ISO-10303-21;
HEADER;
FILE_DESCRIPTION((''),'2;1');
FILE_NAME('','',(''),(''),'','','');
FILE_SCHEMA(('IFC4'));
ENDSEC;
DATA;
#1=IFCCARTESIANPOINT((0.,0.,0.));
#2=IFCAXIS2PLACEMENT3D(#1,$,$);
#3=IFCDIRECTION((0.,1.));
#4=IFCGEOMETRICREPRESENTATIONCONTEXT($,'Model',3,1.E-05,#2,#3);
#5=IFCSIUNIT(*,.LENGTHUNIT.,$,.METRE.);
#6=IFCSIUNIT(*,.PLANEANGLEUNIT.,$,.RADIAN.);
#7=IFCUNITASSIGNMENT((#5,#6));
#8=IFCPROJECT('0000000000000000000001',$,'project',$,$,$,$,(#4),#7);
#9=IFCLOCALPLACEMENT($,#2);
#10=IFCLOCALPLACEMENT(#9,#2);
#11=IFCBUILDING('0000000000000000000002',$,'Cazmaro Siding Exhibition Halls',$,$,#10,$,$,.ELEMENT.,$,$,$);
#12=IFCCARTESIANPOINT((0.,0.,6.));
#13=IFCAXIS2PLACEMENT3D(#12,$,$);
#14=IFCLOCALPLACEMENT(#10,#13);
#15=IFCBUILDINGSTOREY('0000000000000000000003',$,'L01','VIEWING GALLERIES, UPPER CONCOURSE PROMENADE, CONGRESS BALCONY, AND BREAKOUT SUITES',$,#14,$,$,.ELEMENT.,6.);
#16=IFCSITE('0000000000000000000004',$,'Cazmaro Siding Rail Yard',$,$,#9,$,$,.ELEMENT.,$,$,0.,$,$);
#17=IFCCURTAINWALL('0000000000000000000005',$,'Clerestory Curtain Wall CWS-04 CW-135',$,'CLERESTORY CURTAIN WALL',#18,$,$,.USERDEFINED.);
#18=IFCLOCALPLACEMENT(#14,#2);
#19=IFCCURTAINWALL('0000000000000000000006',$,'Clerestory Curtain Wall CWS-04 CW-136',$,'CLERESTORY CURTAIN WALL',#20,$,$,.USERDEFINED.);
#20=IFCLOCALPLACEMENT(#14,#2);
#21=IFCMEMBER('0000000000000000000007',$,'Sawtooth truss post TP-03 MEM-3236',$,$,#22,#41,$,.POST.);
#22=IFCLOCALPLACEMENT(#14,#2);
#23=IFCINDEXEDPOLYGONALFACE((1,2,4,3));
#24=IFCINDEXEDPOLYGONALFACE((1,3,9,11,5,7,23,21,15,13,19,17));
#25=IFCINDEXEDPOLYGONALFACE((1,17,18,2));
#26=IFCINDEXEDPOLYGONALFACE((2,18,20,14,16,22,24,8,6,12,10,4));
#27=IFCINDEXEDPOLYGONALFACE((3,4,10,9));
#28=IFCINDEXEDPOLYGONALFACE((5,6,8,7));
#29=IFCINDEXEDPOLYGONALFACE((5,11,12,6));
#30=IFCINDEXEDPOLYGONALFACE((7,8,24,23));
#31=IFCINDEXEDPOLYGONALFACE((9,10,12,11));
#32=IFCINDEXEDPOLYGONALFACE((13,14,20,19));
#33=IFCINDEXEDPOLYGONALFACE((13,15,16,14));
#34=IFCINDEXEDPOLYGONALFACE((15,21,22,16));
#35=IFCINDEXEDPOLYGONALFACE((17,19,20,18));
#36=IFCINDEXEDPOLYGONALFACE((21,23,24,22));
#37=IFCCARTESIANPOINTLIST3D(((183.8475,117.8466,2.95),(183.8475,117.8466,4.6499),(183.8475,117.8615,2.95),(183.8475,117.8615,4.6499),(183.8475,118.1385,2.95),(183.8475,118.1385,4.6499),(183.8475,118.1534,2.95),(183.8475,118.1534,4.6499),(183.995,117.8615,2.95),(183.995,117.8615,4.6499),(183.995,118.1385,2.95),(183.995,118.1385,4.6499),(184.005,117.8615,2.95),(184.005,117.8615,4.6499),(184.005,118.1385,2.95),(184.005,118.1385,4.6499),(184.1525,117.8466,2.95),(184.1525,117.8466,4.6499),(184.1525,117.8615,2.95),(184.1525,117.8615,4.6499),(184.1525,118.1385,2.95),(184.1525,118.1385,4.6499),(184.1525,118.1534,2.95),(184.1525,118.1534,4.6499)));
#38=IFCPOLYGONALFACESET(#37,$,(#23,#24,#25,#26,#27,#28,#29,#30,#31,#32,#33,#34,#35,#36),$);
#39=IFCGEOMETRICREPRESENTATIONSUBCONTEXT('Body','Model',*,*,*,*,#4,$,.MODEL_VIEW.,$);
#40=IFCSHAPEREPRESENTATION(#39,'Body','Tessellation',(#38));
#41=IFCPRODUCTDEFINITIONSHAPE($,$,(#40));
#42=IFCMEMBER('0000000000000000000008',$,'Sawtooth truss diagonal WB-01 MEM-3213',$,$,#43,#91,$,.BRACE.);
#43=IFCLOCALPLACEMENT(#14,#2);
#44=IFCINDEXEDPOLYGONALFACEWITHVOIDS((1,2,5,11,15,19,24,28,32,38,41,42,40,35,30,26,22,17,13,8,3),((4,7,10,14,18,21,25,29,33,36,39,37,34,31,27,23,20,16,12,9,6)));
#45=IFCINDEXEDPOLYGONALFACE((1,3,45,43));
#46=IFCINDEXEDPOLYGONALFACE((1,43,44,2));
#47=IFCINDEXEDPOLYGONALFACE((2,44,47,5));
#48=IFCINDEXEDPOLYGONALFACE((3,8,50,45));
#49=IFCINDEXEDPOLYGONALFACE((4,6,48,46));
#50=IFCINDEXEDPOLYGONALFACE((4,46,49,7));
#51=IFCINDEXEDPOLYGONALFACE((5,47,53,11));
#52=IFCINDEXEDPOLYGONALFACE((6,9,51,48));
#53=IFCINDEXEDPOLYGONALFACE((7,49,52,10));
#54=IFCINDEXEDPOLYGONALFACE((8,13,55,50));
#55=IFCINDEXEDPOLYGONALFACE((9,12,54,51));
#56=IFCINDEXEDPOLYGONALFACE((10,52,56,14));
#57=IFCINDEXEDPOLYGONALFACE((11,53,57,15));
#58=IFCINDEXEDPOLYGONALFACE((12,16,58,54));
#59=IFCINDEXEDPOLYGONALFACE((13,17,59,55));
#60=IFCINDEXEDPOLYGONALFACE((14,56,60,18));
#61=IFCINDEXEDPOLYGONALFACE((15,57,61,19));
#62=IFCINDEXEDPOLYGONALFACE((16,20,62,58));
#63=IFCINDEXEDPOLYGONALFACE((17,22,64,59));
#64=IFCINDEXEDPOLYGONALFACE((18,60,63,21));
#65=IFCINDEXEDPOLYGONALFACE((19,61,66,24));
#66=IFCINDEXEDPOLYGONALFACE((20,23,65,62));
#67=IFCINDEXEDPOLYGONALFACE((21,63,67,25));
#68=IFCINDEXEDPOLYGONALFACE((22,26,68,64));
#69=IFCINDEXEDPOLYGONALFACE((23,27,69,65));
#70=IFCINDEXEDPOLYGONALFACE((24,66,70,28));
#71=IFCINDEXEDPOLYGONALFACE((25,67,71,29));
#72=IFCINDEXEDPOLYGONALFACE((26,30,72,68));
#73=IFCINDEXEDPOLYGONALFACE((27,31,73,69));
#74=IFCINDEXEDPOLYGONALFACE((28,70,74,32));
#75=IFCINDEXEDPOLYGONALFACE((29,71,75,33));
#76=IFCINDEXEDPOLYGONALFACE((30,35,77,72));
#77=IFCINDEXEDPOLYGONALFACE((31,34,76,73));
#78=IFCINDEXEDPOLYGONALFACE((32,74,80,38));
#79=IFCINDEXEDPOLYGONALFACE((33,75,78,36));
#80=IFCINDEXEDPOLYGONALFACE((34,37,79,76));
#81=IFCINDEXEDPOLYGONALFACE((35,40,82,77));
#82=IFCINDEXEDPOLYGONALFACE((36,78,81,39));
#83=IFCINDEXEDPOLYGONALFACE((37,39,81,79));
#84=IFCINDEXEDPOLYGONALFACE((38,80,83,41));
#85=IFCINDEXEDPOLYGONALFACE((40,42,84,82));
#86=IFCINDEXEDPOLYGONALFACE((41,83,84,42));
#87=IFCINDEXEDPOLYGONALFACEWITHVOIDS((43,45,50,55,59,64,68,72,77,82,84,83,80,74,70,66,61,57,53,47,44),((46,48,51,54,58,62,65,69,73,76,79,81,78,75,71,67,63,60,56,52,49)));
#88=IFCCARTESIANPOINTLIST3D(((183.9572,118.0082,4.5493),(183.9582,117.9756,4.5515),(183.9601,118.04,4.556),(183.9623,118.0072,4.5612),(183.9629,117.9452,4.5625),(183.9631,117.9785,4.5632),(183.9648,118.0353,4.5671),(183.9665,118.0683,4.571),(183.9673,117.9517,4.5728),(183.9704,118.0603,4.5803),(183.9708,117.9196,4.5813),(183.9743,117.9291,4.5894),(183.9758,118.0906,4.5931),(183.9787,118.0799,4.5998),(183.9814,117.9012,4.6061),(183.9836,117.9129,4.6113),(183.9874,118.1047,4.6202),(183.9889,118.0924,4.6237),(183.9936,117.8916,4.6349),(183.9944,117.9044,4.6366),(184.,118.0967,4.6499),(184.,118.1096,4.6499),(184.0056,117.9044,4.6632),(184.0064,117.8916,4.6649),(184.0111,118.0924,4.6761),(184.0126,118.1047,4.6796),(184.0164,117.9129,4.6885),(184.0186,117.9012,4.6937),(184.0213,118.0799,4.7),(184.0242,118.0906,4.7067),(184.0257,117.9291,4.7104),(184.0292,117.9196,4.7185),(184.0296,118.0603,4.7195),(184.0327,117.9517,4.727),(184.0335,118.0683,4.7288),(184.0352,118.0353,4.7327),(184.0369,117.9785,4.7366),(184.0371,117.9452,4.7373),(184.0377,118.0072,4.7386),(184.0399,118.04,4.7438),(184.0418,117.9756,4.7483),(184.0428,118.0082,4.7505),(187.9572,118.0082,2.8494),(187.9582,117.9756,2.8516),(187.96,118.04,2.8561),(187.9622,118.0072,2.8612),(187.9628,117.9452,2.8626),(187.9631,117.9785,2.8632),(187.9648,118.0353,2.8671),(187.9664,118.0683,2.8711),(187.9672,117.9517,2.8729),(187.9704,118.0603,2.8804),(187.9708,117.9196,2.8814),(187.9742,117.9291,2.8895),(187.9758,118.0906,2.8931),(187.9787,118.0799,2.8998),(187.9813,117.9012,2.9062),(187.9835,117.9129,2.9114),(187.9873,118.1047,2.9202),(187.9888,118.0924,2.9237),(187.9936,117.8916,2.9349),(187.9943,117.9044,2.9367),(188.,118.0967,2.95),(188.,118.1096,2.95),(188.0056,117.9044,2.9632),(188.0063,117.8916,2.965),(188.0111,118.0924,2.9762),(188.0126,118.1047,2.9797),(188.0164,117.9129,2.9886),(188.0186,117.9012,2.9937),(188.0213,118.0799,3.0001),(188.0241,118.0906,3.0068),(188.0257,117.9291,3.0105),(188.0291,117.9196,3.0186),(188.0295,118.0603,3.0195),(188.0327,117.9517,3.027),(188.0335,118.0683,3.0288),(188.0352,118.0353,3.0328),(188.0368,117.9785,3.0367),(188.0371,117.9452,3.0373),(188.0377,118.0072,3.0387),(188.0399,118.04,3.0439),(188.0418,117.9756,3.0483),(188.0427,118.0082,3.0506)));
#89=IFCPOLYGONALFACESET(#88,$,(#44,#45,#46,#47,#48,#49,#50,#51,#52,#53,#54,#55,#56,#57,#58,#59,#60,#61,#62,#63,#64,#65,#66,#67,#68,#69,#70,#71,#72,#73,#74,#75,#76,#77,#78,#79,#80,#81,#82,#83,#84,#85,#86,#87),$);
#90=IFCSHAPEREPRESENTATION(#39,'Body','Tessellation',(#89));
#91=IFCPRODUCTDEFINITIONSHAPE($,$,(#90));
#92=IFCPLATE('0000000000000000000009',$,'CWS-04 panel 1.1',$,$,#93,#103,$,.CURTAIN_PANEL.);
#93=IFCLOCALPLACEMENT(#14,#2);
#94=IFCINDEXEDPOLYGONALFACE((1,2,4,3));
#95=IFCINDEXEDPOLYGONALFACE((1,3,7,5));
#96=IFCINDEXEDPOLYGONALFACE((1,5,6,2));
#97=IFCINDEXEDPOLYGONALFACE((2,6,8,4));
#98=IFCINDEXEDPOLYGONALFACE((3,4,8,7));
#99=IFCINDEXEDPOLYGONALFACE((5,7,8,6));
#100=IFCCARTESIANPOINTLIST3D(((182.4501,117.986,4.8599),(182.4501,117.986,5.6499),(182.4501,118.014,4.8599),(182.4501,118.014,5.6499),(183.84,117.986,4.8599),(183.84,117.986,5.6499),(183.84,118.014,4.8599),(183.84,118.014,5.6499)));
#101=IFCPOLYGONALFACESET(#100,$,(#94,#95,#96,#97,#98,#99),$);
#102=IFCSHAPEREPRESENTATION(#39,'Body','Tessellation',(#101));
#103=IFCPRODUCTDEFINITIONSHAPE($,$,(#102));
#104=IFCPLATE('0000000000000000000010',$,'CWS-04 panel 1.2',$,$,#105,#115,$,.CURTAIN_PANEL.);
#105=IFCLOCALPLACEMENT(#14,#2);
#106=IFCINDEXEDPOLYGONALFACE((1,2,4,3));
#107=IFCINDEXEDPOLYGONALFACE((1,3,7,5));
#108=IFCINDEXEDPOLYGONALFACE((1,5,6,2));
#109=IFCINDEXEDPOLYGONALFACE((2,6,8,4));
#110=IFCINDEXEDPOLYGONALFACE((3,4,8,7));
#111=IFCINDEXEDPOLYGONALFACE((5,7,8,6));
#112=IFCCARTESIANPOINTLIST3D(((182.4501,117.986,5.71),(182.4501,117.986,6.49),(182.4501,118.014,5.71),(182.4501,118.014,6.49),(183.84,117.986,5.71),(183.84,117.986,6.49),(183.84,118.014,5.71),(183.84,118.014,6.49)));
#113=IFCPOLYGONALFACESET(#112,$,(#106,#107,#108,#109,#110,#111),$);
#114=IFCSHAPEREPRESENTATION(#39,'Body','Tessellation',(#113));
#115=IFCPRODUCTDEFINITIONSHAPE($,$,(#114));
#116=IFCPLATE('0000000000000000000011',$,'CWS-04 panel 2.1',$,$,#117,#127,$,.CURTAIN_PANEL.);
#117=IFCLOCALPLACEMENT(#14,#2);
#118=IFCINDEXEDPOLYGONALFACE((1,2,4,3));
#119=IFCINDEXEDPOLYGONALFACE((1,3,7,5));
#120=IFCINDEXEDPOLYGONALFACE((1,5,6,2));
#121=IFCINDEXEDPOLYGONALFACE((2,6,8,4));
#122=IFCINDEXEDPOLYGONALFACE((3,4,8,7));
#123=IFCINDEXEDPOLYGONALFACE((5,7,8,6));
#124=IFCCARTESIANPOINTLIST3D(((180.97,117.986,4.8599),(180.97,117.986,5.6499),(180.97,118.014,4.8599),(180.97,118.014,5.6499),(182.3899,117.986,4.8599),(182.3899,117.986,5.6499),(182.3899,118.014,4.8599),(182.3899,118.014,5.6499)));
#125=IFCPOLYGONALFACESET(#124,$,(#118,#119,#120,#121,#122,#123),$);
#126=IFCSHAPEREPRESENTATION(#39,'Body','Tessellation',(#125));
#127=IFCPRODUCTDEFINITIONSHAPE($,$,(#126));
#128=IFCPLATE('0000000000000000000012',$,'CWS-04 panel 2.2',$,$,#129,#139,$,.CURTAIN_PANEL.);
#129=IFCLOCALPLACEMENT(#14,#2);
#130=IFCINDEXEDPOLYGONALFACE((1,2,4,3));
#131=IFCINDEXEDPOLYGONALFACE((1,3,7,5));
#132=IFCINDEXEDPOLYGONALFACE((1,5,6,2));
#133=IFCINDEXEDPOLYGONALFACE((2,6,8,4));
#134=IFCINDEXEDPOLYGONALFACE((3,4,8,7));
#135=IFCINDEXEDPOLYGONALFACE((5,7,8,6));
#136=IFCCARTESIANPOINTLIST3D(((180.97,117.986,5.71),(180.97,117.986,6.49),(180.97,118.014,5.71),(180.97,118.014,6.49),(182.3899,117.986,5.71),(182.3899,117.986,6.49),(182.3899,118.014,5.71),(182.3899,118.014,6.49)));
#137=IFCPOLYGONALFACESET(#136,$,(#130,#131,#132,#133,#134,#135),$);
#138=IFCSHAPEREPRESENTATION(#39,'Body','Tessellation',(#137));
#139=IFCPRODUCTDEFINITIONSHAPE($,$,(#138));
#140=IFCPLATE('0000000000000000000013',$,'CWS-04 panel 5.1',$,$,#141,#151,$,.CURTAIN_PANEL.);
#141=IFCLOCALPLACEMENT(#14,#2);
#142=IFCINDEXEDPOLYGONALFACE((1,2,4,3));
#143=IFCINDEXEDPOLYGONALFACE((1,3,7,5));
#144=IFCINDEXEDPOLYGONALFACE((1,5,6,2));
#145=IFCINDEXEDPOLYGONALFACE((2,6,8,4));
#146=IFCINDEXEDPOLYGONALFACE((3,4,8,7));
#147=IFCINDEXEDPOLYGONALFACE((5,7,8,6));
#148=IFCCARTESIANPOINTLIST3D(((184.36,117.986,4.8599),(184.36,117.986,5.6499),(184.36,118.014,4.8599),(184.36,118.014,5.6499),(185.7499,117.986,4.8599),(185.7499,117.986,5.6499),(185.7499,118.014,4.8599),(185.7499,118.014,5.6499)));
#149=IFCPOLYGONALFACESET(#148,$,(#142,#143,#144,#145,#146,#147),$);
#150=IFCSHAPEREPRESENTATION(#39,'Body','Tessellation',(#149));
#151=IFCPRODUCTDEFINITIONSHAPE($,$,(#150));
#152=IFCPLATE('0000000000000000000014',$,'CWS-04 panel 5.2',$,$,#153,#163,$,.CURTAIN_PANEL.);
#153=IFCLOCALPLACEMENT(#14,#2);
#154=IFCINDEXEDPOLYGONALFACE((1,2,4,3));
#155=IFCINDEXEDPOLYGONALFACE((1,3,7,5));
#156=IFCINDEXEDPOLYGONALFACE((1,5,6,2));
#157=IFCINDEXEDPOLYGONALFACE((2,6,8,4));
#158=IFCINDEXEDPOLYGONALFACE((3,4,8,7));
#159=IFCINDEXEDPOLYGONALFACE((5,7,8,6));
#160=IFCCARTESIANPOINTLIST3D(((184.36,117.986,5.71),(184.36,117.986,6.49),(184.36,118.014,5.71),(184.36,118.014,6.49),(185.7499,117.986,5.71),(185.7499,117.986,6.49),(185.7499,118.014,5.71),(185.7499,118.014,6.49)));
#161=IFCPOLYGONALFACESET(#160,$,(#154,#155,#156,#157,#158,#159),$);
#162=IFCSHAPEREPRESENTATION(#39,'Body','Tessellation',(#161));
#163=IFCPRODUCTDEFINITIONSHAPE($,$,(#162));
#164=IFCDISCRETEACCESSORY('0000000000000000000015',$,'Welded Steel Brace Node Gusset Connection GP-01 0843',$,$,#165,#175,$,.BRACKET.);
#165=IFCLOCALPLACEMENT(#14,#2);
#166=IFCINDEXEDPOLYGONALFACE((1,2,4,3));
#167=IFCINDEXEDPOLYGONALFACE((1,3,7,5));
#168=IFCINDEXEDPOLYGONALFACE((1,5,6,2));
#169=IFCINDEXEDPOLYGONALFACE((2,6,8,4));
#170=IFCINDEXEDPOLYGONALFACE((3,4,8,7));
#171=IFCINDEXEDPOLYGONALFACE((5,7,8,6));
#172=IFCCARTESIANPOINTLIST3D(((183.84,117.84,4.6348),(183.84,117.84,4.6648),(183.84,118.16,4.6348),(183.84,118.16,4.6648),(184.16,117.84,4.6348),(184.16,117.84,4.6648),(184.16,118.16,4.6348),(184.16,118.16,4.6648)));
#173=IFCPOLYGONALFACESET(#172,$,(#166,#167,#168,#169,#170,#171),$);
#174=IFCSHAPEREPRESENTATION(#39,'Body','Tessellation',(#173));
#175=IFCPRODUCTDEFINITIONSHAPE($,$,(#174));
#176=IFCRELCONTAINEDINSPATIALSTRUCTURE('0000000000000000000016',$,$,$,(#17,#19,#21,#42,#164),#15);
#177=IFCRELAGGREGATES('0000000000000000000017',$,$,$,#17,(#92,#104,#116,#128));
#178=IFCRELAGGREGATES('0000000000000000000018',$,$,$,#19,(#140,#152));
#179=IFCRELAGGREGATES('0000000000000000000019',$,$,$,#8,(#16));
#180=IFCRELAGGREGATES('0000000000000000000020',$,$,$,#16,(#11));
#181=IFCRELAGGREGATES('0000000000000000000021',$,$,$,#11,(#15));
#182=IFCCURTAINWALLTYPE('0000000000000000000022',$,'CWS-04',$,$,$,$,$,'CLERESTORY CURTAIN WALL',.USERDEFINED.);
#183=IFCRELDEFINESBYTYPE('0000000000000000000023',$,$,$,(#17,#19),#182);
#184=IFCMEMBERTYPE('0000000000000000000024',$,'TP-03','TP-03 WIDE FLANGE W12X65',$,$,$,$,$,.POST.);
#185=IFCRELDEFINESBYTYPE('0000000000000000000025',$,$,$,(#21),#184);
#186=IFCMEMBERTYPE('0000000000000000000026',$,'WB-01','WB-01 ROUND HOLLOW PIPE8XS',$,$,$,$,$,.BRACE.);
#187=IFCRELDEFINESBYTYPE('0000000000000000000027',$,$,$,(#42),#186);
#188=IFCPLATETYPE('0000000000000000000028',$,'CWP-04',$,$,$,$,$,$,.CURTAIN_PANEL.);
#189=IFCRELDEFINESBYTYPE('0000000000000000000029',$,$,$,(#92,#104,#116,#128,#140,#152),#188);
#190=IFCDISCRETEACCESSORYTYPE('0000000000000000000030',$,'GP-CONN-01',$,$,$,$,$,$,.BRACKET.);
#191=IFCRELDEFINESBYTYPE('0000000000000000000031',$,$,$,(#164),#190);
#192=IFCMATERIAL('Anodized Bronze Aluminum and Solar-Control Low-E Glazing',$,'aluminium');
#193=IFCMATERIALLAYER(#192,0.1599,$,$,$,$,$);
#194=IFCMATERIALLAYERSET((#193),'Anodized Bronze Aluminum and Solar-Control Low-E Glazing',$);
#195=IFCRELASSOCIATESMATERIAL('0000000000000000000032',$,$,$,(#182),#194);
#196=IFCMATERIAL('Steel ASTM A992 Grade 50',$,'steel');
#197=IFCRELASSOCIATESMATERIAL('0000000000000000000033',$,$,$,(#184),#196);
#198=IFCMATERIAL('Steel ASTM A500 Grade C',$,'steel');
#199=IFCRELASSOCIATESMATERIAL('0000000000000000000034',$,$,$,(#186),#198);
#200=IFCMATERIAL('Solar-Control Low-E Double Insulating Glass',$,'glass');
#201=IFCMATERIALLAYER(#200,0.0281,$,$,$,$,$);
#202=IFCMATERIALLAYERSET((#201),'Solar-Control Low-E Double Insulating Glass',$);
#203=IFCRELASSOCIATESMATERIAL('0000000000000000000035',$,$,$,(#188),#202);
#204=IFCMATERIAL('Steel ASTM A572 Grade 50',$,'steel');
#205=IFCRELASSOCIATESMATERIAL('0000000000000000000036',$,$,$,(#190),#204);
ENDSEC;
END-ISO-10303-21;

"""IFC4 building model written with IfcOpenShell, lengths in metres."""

from ifc_helpers import new_model, si_unit, direction, frame, origin, origin_2d, place, context, subcontext, project, spatial, rectangle, hollow_circle, i_section, extrude, material, layer, layer_set, material_profile, profile_set, type_object, element, aggregate, save


model = new_model("IFC4")

# Units and contexts
model_context = context("Model", 3, precision=1e-05, world=origin(), true_north=direction((0.0, 1.0)))
body_context = subcontext(model_context, "Body", "Model", "MODEL_VIEW")
ifc_project = project(units=[si_unit("LENGTHUNIT", "METRE"), si_unit("PLANEANGLEUNIT", "RADIAN")], contexts=[model_context])

# Site, building, storey
site_placement = place(None, origin())
site = spatial("IfcSite", under=ifc_project, at=site_placement, Name="Cazmaro Siding Rail Yard", CompositionType="ELEMENT", RefElevation=0.0)
building_placement = place(site_placement, origin())
building = spatial("IfcBuilding", under=site, at=building_placement, Name="Cazmaro Siding Exhibition Halls", CompositionType="ELEMENT")
storey_placement = place(building_placement, frame((0.0, 0.0, 6.0)))
storey = spatial("IfcBuildingStorey", under=building, at=storey_placement, Name="L01", Description="VIEWING GALLERIES, UPPER CONCOURSE PROMENADE, CONGRESS BALCONY, AND BREAKOUT SUITES", CompositionType="ELEMENT", Elevation=6.0)

# Curtain wall
ifc_material_1 = material(Name="Anodized Bronze Aluminum and Solar-Control Low-E Glazing", Category="aluminium")
ifc_layer_1 = layer(ifc_material_1, 0.1599)
ifc_layer_set_1 = layer_set([ifc_layer_1], Name="Anodized Bronze Aluminum and Solar-Control Low-E Glazing")
curtain_wall_type = type_object("IfcCurtainWallType", Name="CWS-04", ElementType="CLERESTORY CURTAIN WALL", PredefinedType="USERDEFINED", material=ifc_layer_set_1)
curtain_wall_1_placement = place(storey_placement, origin())
curtain_wall_1 = element("IfcCurtainWall", 1, at=curtain_wall_1_placement, inside=storey, type_object=curtain_wall_type, Name="Clerestory Curtain Wall CWS-04 CW-135", ObjectType="CLERESTORY CURTAIN WALL", PredefinedType="USERDEFINED")

# Curtain wall
curtain_wall_2_placement = place(storey_placement, origin())
curtain_wall_2 = element("IfcCurtainWall", 2, at=curtain_wall_2_placement, inside=storey, type_object=curtain_wall_type, Name="Clerestory Curtain Wall CWS-04 CW-136", ObjectType="CLERESTORY CURTAIN WALL", PredefinedType="USERDEFINED")

# Members
ifc_material_2 = material(Name="Steel ASTM A992 Grade 50", Category="steel")
ifc_material_profile_1 = material_profile(ifc_material_2, i_section(OverallWidth=0.3049, OverallDepth=0.3069, WebThickness=0.01, FlangeThickness=0.0149, at=origin_2d()), Name="W12X65")
ifc_profile_set_1 = profile_set([ifc_material_profile_1], Name="Steel ASTM A992 Grade 50")
member_type_1 = type_object("IfcMemberType", Name="TP-03", Description="TP-03 WIDE FLANGE W12X65", PredefinedType="POST", material=ifc_profile_set_1)
member_1_placement = place(storey_placement, frame((184.0, 118.0, 2.95), z_axis=(0.0, 0.0, 1.0), x_axis=(1.0, 0.0, 0.0)))
element("IfcMember", 3, at=member_1_placement, inside=storey, type_object=member_type_1, Name="Sawtooth truss post TP-03 MEM-3236", PredefinedType="POST", context=body_context, shape_type="SweptSolid", body=[
    extrude(i_section(OverallWidth=0.3049, OverallDepth=0.3069, WebThickness=0.01, FlangeThickness=0.0149, at=origin_2d()), origin(), (0.0, 0.0, 1.0), 1.7),
])
ifc_material_3 = material(Name="Steel ASTM A500 Grade C", Category="steel")
ifc_material_profile_2 = material_profile(ifc_material_3, hollow_circle(Radius=0.1096, WallThickness=0.0129, at=origin_2d()), Name="PIPE8XS")
ifc_profile_set_2 = profile_set([ifc_material_profile_2], Name="Steel ASTM A500 Grade C")
member_type_2 = type_object("IfcMemberType", Name="WB-01", Description="WB-01 ROUND HOLLOW PIPE8XS", PredefinedType="BRACE", material=ifc_profile_set_2)
member_2_placement = place(storey_placement, frame((184.0, 118.0, 4.6499), z_axis=(0.920335, 0.0, -0.391131), x_axis=(0.0, 1.0, 0.0)))
element("IfcMember", 4, at=member_2_placement, inside=storey, type_object=member_type_2, Name="Sawtooth truss diagonal WB-01 MEM-3213", PredefinedType="BRACE", context=body_context, shape_type="SweptSolid", body=[
    extrude(hollow_circle(Radius=0.1096, WallThickness=0.0129, at=origin_2d()), origin(), (0.0, 0.0, 1.0), 4.3462),
])

# Plates
ifc_material_4 = material(Name="Solar-Control Low-E Double Insulating Glass", Category="glass")
ifc_layer_2 = layer(ifc_material_4, 0.0281)
ifc_layer_set_2 = layer_set([ifc_layer_2], Name="Solar-Control Low-E Double Insulating Glass")
plate_type = type_object("IfcPlateType", Name="CWP-04", PredefinedType="CURTAIN_PANEL", material=ifc_layer_set_2)
plate_1_placement = place(storey_placement, frame((183.145, 118.0, 4.8599), z_axis=(0.0, 0.0, 1.0), x_axis=(-1.0, 0.0, 0.0)))
plate_1 = element("IfcPlate", 5, at=plate_1_placement, type_object=plate_type, Name="CWS-04 panel 1.1", PredefinedType="CURTAIN_PANEL", context=body_context, shape_type="SweptSolid", body=[
    extrude(rectangle(XDim=1.3899, YDim=0.0281, at=origin_2d()), origin(), (0.0, 0.0, 1.0), 0.79),
])
plate_2_placement = place(storey_placement, frame((183.145, 118.0, 5.71), z_axis=(0.0, 0.0, 1.0), x_axis=(-1.0, 0.0, 0.0)))
plate_2 = element("IfcPlate", 6, at=plate_2_placement, type_object=plate_type, Name="CWS-04 panel 1.2", PredefinedType="CURTAIN_PANEL", context=body_context, shape_type="SweptSolid", body=[
    extrude(rectangle(XDim=1.3899, YDim=0.0281, at=origin_2d()), origin(), (0.0, 0.0, 1.0), 0.78),
])
plate_3_placement = place(storey_placement, frame((181.6799, 118.0, 4.8599), z_axis=(0.0, 0.0, 1.0), x_axis=(-1.0, 0.0, 0.0)))
plate_3 = element("IfcPlate", 7, at=plate_3_placement, type_object=plate_type, Name="CWS-04 panel 2.1", PredefinedType="CURTAIN_PANEL", context=body_context, shape_type="SweptSolid", body=[
    extrude(rectangle(XDim=1.4199, YDim=0.0281, at=origin_2d()), origin(), (0.0, 0.0, 1.0), 0.79),
])
plate_4_placement = place(storey_placement, frame((181.6799, 118.0, 5.71), z_axis=(0.0, 0.0, 1.0), x_axis=(-1.0, 0.0, 0.0)))
plate_4 = element("IfcPlate", 8, at=plate_4_placement, type_object=plate_type, Name="CWS-04 panel 2.2", PredefinedType="CURTAIN_PANEL", context=body_context, shape_type="SweptSolid", body=[
    extrude(rectangle(XDim=1.4199, YDim=0.0281, at=origin_2d()), origin(), (0.0, 0.0, 1.0), 0.78),
])
aggregate(curtain_wall_1, [plate_1, plate_2, plate_3, plate_4])
plate_5_placement = place(storey_placement, frame((185.0549, 118.0, 4.8599), z_axis=(0.0, 0.0, 1.0), x_axis=(-1.0, 0.0, 0.0)))
plate_5 = element("IfcPlate", 9, at=plate_5_placement, type_object=plate_type, Name="CWS-04 panel 5.1", PredefinedType="CURTAIN_PANEL", context=body_context, shape_type="SweptSolid", body=[
    extrude(rectangle(XDim=1.3899, YDim=0.0281, at=origin_2d()), origin(), (0.0, 0.0, 1.0), 0.79),
])
plate_6_placement = place(storey_placement, frame((185.0549, 118.0, 5.71), z_axis=(0.0, 0.0, 1.0), x_axis=(-1.0, 0.0, 0.0)))
plate_6 = element("IfcPlate", 10, at=plate_6_placement, type_object=plate_type, Name="CWS-04 panel 5.2", PredefinedType="CURTAIN_PANEL", context=body_context, shape_type="SweptSolid", body=[
    extrude(rectangle(XDim=1.3899, YDim=0.0281, at=origin_2d()), origin(), (0.0, 0.0, 1.0), 0.78),
])
aggregate(curtain_wall_2, [plate_5, plate_6])

# Discrete accessory
ifc_material_5 = material(Name="Steel ASTM A572 Grade 50", Category="steel")
discrete_accessory_type = type_object("IfcDiscreteAccessoryType", Name="GP-CONN-01", PredefinedType="BRACKET", material=ifc_material_5)
discrete_accessory_placement = place(storey_placement, frame((184.0, 118.0, 4.6348), z_axis=(0.0, 0.0, 1.0), x_axis=(1.0, 0.0, 0.0)))
element("IfcDiscreteAccessory", 11, at=discrete_accessory_placement, inside=storey, type_object=discrete_accessory_type, Name="Welded Steel Brace Node Gusset Connection GP-01 0843", PredefinedType="BRACKET", context=body_context, shape_type="SweptSolid", body=[
    extrude(rectangle(XDim=0.3201, YDim=0.3201, at=origin_2d()), origin(), (0.0, 0.0, 1.0), 0.03),
])

save(model, "model.ifc")
